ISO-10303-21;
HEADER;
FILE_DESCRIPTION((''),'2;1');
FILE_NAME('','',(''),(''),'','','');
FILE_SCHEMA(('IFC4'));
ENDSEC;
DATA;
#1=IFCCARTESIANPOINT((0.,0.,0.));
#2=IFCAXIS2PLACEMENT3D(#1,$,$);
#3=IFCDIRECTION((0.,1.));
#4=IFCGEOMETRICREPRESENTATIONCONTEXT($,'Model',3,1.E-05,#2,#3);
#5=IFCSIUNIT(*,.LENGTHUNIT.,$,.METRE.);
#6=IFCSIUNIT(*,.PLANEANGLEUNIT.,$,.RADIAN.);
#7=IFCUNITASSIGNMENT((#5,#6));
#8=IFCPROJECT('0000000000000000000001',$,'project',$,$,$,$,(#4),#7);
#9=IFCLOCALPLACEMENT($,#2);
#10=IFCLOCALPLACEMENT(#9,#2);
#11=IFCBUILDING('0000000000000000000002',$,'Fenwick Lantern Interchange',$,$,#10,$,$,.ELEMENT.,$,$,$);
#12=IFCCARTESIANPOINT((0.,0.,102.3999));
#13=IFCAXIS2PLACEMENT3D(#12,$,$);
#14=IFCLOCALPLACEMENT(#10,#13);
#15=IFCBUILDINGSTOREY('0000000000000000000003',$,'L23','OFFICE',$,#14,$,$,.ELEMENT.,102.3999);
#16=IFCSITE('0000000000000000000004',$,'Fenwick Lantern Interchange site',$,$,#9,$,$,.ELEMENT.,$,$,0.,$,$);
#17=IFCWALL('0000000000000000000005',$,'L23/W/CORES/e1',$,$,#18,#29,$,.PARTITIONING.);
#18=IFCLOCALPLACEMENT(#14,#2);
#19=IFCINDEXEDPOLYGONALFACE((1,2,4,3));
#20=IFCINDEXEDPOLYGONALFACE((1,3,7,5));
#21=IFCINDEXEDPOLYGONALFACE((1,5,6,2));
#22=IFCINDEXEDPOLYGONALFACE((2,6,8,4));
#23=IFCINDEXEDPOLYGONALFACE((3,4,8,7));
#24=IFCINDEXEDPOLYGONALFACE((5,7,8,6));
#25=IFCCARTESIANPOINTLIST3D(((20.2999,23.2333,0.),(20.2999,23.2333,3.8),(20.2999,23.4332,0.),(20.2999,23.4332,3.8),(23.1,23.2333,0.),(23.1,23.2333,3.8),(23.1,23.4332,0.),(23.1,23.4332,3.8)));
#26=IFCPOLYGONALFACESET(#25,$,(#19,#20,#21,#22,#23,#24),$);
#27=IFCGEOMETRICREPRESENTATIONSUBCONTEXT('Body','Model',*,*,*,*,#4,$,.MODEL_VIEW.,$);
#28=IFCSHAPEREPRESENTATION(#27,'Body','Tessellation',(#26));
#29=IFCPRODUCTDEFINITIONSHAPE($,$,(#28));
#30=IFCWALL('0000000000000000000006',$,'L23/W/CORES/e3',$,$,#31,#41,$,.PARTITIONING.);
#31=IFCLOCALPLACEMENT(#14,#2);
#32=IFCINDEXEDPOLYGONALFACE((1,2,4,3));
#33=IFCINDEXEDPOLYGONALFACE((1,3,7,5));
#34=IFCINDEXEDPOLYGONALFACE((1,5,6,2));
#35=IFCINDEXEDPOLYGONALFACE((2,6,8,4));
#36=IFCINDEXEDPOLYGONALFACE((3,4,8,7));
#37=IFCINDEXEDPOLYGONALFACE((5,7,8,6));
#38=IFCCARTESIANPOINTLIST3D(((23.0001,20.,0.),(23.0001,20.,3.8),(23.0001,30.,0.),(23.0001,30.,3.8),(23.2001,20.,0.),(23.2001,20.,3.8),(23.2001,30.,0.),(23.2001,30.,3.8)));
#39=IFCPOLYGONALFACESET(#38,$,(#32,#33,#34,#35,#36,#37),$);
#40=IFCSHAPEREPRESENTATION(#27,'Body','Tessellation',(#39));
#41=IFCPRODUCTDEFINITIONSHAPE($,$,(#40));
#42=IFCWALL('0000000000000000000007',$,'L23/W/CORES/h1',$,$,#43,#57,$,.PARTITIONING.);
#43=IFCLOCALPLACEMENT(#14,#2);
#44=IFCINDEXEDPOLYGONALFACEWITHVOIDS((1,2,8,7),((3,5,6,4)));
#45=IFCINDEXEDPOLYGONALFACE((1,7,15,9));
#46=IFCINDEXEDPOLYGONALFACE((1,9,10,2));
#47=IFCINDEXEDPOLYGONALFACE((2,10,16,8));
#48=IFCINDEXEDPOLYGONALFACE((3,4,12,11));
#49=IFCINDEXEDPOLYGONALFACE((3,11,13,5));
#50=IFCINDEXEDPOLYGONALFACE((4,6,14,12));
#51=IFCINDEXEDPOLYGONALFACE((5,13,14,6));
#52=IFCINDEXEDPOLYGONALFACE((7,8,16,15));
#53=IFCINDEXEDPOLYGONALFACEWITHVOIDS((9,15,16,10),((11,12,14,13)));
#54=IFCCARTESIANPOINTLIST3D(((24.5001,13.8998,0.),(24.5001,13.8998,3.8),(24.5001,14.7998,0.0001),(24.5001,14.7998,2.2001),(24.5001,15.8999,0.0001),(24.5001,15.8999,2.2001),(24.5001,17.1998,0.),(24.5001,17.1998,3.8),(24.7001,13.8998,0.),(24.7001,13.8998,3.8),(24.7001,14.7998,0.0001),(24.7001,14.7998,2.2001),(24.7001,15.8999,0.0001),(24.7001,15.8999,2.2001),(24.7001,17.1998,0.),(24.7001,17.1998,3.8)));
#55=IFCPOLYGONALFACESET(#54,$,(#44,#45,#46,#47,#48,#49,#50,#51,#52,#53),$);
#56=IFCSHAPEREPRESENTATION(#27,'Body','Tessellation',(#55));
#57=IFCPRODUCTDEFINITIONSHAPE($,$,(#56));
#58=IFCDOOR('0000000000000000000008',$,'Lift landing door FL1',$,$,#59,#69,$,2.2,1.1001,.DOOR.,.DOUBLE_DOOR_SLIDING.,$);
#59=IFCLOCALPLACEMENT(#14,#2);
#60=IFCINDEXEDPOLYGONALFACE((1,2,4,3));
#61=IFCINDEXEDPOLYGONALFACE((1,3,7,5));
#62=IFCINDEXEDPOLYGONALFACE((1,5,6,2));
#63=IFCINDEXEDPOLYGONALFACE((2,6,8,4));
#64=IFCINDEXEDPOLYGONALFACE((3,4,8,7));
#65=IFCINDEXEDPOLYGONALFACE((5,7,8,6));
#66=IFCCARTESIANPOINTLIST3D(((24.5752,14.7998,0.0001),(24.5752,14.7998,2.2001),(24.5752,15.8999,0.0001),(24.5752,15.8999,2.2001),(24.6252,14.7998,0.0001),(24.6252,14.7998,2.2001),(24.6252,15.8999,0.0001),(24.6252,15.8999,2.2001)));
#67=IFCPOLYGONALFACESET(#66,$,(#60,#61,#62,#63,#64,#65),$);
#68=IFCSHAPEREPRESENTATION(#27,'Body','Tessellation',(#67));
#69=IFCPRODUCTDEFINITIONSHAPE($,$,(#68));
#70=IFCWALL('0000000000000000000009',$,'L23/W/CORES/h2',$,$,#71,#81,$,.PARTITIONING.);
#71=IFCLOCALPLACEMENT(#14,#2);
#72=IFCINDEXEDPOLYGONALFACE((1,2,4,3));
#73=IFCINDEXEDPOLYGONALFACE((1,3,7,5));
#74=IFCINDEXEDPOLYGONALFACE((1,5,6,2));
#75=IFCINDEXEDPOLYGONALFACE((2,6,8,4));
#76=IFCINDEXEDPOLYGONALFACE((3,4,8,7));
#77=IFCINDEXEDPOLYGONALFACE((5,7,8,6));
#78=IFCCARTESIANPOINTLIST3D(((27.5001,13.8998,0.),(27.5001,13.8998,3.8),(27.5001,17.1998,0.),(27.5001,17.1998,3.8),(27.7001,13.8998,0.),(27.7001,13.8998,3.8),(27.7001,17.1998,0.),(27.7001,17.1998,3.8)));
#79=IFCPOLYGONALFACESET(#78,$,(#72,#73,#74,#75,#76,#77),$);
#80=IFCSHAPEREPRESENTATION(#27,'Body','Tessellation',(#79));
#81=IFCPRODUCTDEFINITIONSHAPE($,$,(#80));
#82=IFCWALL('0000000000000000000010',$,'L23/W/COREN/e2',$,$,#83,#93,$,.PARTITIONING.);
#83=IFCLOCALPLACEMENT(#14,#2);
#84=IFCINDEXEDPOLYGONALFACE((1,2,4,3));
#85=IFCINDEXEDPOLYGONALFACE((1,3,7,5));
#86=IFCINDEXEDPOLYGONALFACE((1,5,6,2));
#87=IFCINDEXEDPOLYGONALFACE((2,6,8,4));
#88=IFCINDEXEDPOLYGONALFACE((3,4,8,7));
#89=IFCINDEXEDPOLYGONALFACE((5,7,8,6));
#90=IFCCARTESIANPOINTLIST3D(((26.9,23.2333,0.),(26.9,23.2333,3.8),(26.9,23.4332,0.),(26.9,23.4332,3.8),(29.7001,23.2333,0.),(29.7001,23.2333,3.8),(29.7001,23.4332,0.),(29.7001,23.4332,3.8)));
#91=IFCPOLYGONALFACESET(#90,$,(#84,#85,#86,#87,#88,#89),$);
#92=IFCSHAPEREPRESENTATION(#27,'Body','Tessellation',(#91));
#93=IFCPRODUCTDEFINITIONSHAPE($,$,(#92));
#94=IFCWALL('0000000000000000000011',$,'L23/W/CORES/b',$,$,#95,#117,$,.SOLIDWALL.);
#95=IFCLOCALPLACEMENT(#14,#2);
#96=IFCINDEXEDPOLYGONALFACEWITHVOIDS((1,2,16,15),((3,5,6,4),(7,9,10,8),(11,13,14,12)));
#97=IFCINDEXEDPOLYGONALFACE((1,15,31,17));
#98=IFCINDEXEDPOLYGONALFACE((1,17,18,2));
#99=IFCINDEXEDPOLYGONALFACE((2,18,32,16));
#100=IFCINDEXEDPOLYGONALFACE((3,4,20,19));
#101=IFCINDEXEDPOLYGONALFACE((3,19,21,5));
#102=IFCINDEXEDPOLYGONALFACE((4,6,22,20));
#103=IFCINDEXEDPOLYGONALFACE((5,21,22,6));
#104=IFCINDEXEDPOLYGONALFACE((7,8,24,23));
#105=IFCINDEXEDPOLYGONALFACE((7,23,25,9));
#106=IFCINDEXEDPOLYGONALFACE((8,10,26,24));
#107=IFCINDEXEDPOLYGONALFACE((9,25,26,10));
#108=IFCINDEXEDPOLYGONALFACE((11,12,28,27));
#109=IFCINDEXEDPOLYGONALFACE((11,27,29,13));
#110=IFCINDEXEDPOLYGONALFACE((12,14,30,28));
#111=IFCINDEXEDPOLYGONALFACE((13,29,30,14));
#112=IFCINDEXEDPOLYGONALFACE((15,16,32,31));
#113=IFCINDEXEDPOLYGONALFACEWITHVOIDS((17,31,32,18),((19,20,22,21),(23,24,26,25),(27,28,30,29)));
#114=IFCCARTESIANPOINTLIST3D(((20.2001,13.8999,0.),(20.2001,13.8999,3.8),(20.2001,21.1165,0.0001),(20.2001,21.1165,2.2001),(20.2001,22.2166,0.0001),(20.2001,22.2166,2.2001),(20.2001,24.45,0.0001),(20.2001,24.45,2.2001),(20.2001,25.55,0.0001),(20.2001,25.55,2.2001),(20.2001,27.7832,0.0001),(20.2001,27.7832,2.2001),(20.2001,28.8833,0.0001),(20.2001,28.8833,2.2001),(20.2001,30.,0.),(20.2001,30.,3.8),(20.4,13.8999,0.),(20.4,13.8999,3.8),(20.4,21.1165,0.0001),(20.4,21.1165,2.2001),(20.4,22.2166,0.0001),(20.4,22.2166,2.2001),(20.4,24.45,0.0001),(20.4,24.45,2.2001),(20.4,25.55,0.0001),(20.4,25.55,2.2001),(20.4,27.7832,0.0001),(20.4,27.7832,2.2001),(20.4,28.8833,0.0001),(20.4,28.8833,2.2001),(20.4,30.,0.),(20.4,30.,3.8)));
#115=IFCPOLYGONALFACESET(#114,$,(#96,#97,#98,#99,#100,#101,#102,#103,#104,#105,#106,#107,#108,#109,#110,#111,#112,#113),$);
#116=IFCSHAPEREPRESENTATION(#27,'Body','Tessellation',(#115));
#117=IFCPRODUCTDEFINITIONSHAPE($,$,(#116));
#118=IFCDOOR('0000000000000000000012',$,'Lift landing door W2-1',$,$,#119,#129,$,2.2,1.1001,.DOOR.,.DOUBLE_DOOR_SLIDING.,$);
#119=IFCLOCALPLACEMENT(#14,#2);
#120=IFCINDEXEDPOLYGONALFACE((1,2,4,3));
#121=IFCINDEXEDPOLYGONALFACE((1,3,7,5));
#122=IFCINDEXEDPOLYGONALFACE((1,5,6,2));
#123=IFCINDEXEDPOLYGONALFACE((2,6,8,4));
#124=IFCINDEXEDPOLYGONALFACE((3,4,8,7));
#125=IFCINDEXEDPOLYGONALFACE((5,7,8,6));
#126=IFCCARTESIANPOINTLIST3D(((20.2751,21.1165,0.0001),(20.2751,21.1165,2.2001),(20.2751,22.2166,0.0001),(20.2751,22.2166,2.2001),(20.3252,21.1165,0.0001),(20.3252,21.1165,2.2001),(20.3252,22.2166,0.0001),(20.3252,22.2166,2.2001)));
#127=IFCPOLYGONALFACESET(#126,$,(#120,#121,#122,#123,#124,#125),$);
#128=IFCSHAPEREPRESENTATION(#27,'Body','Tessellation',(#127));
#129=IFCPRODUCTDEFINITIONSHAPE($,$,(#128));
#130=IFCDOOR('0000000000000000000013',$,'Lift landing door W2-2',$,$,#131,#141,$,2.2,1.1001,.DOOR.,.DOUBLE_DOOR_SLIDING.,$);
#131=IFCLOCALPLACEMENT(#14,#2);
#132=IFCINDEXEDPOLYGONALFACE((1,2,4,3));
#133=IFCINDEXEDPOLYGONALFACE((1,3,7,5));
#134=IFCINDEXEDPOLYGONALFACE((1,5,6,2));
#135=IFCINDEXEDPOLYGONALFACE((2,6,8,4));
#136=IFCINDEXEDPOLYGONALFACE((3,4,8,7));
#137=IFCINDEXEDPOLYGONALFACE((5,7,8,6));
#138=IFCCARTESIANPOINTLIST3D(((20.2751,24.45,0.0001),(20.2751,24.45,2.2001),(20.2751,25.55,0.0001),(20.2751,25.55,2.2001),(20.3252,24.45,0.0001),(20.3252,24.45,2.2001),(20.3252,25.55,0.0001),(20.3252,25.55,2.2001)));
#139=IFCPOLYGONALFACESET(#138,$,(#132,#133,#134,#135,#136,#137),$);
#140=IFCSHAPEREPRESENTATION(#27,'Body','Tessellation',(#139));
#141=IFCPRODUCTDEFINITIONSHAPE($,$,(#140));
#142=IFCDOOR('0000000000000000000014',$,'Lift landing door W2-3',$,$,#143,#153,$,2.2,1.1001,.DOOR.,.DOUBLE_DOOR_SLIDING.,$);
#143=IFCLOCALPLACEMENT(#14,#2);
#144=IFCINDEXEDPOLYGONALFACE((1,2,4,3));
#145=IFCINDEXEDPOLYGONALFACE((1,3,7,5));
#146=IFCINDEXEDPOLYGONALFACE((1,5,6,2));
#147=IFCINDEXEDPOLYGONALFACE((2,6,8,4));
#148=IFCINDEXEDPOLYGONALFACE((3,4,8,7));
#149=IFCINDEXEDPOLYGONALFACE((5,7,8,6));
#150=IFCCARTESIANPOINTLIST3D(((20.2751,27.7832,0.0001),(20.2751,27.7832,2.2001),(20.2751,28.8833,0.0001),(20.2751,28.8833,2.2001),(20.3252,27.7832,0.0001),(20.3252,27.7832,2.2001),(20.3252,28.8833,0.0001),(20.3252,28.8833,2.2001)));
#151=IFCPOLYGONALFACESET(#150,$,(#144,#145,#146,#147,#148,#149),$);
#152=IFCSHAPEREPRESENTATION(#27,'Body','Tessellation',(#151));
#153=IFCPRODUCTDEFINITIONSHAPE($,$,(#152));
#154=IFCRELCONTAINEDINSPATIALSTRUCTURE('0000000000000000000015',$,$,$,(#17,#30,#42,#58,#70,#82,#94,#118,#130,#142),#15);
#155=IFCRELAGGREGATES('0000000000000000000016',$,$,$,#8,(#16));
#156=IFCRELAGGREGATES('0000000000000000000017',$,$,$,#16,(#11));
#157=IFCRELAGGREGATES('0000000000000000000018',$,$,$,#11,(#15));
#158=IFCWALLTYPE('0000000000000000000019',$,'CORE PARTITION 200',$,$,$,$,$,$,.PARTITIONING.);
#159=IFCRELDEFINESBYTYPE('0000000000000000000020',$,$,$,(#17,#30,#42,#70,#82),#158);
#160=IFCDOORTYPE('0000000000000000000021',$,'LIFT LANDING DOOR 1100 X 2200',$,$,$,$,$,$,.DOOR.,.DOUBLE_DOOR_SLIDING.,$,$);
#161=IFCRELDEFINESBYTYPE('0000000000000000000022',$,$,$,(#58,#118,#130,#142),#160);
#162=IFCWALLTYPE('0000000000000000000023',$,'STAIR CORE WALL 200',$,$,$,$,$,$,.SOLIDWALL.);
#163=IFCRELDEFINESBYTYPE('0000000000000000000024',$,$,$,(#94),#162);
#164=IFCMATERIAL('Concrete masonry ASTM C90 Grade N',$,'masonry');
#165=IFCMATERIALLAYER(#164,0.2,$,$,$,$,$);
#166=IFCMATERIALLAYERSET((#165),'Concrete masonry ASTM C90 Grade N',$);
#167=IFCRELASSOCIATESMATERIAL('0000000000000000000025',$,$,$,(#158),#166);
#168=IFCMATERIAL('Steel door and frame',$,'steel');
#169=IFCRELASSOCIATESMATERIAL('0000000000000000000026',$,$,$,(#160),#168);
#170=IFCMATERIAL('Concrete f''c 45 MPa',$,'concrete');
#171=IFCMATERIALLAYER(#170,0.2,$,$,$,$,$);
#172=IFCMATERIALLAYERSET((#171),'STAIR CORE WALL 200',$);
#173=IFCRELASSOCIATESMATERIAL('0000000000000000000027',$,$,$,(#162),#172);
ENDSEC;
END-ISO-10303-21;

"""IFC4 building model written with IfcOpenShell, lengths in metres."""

from ifc_helpers import new_model, si_unit, direction, frame, frame_2d, origin, place, context, subcontext, project, spatial, rectangle, extrude, material, layer, layer_set, type_object, element, fill, save


model = new_model("IFC4")

# Units and contexts
model_context = context("Model", 3, precision=1e-05, world=origin(), true_north=direction((0.0, 1.0)))
body_context = subcontext(model_context, "Body", "Model", "MODEL_VIEW")
ifc_project = project(units=[si_unit("LENGTHUNIT", "METRE"), si_unit("PLANEANGLEUNIT", "RADIAN")], contexts=[model_context])

# Site, building, storey
site_placement = place(None, origin())
site = spatial("IfcSite", under=ifc_project, at=site_placement, Name="Fenwick Lantern Interchange site", CompositionType="ELEMENT", RefElevation=0.0)
building_placement = place(site_placement, origin())
building = spatial("IfcBuilding", under=site, at=building_placement, Name="Fenwick Lantern Interchange", CompositionType="ELEMENT")
storey_placement = place(building_placement, frame((0.0, 0.0, 102.3999)))
storey = spatial("IfcBuildingStorey", under=building, at=storey_placement, Name="L23", Description="OFFICE", CompositionType="ELEMENT", Elevation=102.3999)

# Walls
ifc_material_1 = material(Name="Concrete masonry ASTM C90 Grade N", Category="masonry")
ifc_layer_1 = layer(ifc_material_1, 0.2)
ifc_layer_set_1 = layer_set([ifc_layer_1], Name="Concrete masonry ASTM C90 Grade N")
wall_type_1 = type_object("IfcWallType", Name="CORE PARTITION 200", PredefinedType="PARTITIONING", material=ifc_layer_set_1)
wall_1_placement = place(storey_placement, frame((20.3, 23.3333, 0.0), z_axis=(0.0, 0.0, 1.0), x_axis=(1.0, 0.0, 0.0)))
element("IfcWall", 1, at=wall_1_placement, inside=storey, type_object=wall_type_1, Name="L23/W/CORES/e1", PredefinedType="PARTITIONING", context=body_context, shape_type="SweptSolid", body=[
    extrude(rectangle(XDim=2.8, YDim=0.2, at=frame_2d((1.3999, 0.0))), origin(), (0.0, 0.0, 1.0), 3.8),
])
wall_2_placement = place(storey_placement, frame((23.1001, 20.0, 0.0), z_axis=(0.0, 0.0, 1.0), x_axis=(0.0, 1.0, 0.0)))
element("IfcWall", 2, at=wall_2_placement, inside=storey, type_object=wall_type_1, Name="L23/W/CORES/e3", PredefinedType="PARTITIONING", context=body_context, shape_type="SweptSolid", body=[
    extrude(rectangle(XDim=10.0, YDim=0.2, at=frame_2d((5.0, 0.0))), origin(), (0.0, 0.0, 1.0), 3.8),
])

# Wall, opening, door
wall_3_placement = place(storey_placement, frame((24.6001, 13.8999, 0.0), z_axis=(0.0, 0.0, 1.0), x_axis=(0.0, 1.0, 0.0)))
wall_3 = element("IfcWall", 3, at=wall_3_placement, inside=storey, type_object=wall_type_1, Name="L23/W/CORES/h1", PredefinedType="PARTITIONING", context=body_context, shape_type="SweptSolid", body=[
    extrude(rectangle(XDim=3.3, YDim=0.2, at=frame_2d((1.6499, 0.0))), origin(), (0.0, 0.0, 1.0), 3.8),
])
opening_1_placement = place(wall_3_placement, frame((0.8999, 0.0, 0.0)))
opening_1 = element("IfcOpeningElement", 4, at=opening_1_placement, cuts=wall_3, PredefinedType="OPENING", context=body_context, shape_type="SweptSolid", body=[
    extrude(rectangle(XDim=1.1001, YDim=2.2, at=frame_2d((0.55, 1.1001))), frame((0.0, 0.1099, 0.0), z_axis=(0.0, -1.0, 0.0), x_axis=(1.0, 0.0, 0.0)), (0.0, 0.0, 1.0), 0.22),
])
ifc_material_2 = material(Name="Steel door and frame", Category="steel")
door_type_1 = type_object("IfcDoorType", Name="LIFT LANDING DOOR 1100 X 2200", OperationType="DOUBLE_DOOR_SLIDING", PredefinedType="DOOR", material=ifc_material_2)
door_1_placement = place(opening_1_placement, origin())
door_1 = element("IfcDoor", 5, at=door_1_placement, inside=storey, type_object=door_type_1, Name="Lift landing door FL1", OperationType="DOUBLE_DOOR_SLIDING", OverallHeight=2.2, OverallWidth=1.1001, PredefinedType="DOOR", context=body_context, shape_type="SweptSolid", body=[
    extrude(rectangle(XDim=1.1001, YDim=2.2, at=frame_2d((0.55, 1.1001))), frame((0.0, 0.0249, 0.0), z_axis=(0.0, -1.0, 0.0), x_axis=(1.0, 0.0, 0.0)), (0.0, 0.0, 1.0), 0.05),
])
fill(opening_1, door_1)

# Walls
wall_4_placement = place(storey_placement, frame((27.6001, 13.8999, 0.0), z_axis=(0.0, 0.0, 1.0), x_axis=(0.0, 1.0, 0.0)))
element("IfcWall", 6, at=wall_4_placement, inside=storey, type_object=wall_type_1, Name="L23/W/CORES/h2", PredefinedType="PARTITIONING", context=body_context, shape_type="SweptSolid", body=[
    extrude(rectangle(XDim=3.3, YDim=0.2, at=frame_2d((1.6499, 0.0))), origin(), (0.0, 0.0, 1.0), 3.8),
])
wall_5_placement = place(storey_placement, frame((29.7, 23.3333, 0.0), z_axis=(0.0, 0.0, 1.0), x_axis=(-1.0, 0.0, 0.0)))
element("IfcWall", 7, at=wall_5_placement, inside=storey, type_object=wall_type_1, Name="L23/W/COREN/e2", PredefinedType="PARTITIONING", context=body_context, shape_type="SweptSolid", body=[
    extrude(rectangle(XDim=2.8, YDim=0.2, at=frame_2d((1.3999, 0.0))), origin(), (0.0, 0.0, 1.0), 3.8),
])

# Wall, openings, doors
ifc_material_3 = material(Name="Concrete f'c 45 MPa", Category="concrete")
ifc_layer_2 = layer(ifc_material_3, 0.2)
ifc_layer_set_2 = layer_set([ifc_layer_2], Name="STAIR CORE WALL 200")
wall_type_2 = type_object("IfcWallType", Name="STAIR CORE WALL 200", PredefinedType="SOLIDWALL", material=ifc_layer_set_2)
wall_6_placement = place(storey_placement, frame((20.3, 13.8999, 0.0), z_axis=(0.0, 0.0, 1.0), x_axis=(0.0, 1.0, 0.0)))
wall_6 = element("IfcWall", 8, at=wall_6_placement, inside=storey, type_object=wall_type_2, Name="L23/W/CORES/b", PredefinedType="SOLIDWALL", context=body_context, shape_type="SweptSolid", body=[
    extrude(rectangle(XDim=16.1001, YDim=0.2, at=frame_2d((8.05, 0.0))), origin(), (0.0, 0.0, 1.0), 3.8),
])
opening_2_placement = place(wall_6_placement, frame((7.2166, 0.0, 0.0)))
opening_2 = element("IfcOpeningElement", 9, at=opening_2_placement, cuts=wall_6, PredefinedType="OPENING", context=body_context, shape_type="SweptSolid", body=[
    extrude(rectangle(XDim=1.1001, YDim=2.2, at=frame_2d((0.55, 1.1001))), frame((0.0, 0.1099, 0.0), z_axis=(0.0, -1.0, 0.0), x_axis=(1.0, 0.0, 0.0)), (0.0, 0.0, 1.0), 0.22),
])
opening_3_placement = place(wall_6_placement, frame((10.55, 0.0, 0.0)))
opening_3 = element("IfcOpeningElement", 10, at=opening_3_placement, cuts=wall_6, PredefinedType="OPENING", context=body_context, shape_type="SweptSolid", body=[
    extrude(rectangle(XDim=1.1001, YDim=2.2, at=frame_2d((0.55, 1.1001))), frame((0.0, 0.1099, 0.0), z_axis=(0.0, -1.0, 0.0), x_axis=(1.0, 0.0, 0.0)), (0.0, 0.0, 1.0), 0.22),
])
opening_4_placement = place(wall_6_placement, frame((13.8833, 0.0, 0.0)))
opening_4 = element("IfcOpeningElement", 11, at=opening_4_placement, cuts=wall_6, PredefinedType="OPENING", context=body_context, shape_type="SweptSolid", body=[
    extrude(rectangle(XDim=1.1001, YDim=2.2, at=frame_2d((0.55, 1.1001))), frame((0.0, 0.1099, 0.0), z_axis=(0.0, -1.0, 0.0), x_axis=(1.0, 0.0, 0.0)), (0.0, 0.0, 1.0), 0.22),
])
door_2_placement = place(opening_2_placement, origin())
door_2 = element("IfcDoor", 12, at=door_2_placement, inside=storey, type_object=door_type_1, Name="Lift landing door W2-1", OperationType="DOUBLE_DOOR_SLIDING", OverallHeight=2.2, OverallWidth=1.1001, PredefinedType="DOOR", context=body_context, shape_type="SweptSolid", body=[
    extrude(rectangle(XDim=1.1001, YDim=2.2, at=frame_2d((0.55, 1.1001))), frame((0.0, 0.0249, 0.0), z_axis=(0.0, -1.0, 0.0), x_axis=(1.0, 0.0, 0.0)), (0.0, 0.0, 1.0), 0.05),
])
fill(opening_2, door_2)
door_3_placement = place(opening_3_placement, origin())
door_3 = element("IfcDoor", 13, at=door_3_placement, inside=storey, type_object=door_type_1, Name="Lift landing door W2-2", OperationType="DOUBLE_DOOR_SLIDING", OverallHeight=2.2, OverallWidth=1.1001, PredefinedType="DOOR", context=body_context, shape_type="SweptSolid", body=[
    extrude(rectangle(XDim=1.1001, YDim=2.2, at=frame_2d((0.55, 1.1001))), frame((0.0, 0.0249, 0.0), z_axis=(0.0, -1.0, 0.0), x_axis=(1.0, 0.0, 0.0)), (0.0, 0.0, 1.0), 0.05),
])
fill(opening_3, door_3)
door_4_placement = place(opening_4_placement, origin())
door_4 = element("IfcDoor", 14, at=door_4_placement, inside=storey, type_object=door_type_1, Name="Lift landing door W2-3", OperationType="DOUBLE_DOOR_SLIDING", OverallHeight=2.2, OverallWidth=1.1001, PredefinedType="DOOR", context=body_context, shape_type="SweptSolid", body=[
    extrude(rectangle(XDim=1.1001, YDim=2.2, at=frame_2d((0.55, 1.1001))), frame((0.0, 0.0249, 0.0), z_axis=(0.0, -1.0, 0.0), x_axis=(1.0, 0.0, 0.0)), (0.0, 0.0, 1.0), 0.05),
])
fill(opening_4, door_4)

save(model, "model.ifc")
